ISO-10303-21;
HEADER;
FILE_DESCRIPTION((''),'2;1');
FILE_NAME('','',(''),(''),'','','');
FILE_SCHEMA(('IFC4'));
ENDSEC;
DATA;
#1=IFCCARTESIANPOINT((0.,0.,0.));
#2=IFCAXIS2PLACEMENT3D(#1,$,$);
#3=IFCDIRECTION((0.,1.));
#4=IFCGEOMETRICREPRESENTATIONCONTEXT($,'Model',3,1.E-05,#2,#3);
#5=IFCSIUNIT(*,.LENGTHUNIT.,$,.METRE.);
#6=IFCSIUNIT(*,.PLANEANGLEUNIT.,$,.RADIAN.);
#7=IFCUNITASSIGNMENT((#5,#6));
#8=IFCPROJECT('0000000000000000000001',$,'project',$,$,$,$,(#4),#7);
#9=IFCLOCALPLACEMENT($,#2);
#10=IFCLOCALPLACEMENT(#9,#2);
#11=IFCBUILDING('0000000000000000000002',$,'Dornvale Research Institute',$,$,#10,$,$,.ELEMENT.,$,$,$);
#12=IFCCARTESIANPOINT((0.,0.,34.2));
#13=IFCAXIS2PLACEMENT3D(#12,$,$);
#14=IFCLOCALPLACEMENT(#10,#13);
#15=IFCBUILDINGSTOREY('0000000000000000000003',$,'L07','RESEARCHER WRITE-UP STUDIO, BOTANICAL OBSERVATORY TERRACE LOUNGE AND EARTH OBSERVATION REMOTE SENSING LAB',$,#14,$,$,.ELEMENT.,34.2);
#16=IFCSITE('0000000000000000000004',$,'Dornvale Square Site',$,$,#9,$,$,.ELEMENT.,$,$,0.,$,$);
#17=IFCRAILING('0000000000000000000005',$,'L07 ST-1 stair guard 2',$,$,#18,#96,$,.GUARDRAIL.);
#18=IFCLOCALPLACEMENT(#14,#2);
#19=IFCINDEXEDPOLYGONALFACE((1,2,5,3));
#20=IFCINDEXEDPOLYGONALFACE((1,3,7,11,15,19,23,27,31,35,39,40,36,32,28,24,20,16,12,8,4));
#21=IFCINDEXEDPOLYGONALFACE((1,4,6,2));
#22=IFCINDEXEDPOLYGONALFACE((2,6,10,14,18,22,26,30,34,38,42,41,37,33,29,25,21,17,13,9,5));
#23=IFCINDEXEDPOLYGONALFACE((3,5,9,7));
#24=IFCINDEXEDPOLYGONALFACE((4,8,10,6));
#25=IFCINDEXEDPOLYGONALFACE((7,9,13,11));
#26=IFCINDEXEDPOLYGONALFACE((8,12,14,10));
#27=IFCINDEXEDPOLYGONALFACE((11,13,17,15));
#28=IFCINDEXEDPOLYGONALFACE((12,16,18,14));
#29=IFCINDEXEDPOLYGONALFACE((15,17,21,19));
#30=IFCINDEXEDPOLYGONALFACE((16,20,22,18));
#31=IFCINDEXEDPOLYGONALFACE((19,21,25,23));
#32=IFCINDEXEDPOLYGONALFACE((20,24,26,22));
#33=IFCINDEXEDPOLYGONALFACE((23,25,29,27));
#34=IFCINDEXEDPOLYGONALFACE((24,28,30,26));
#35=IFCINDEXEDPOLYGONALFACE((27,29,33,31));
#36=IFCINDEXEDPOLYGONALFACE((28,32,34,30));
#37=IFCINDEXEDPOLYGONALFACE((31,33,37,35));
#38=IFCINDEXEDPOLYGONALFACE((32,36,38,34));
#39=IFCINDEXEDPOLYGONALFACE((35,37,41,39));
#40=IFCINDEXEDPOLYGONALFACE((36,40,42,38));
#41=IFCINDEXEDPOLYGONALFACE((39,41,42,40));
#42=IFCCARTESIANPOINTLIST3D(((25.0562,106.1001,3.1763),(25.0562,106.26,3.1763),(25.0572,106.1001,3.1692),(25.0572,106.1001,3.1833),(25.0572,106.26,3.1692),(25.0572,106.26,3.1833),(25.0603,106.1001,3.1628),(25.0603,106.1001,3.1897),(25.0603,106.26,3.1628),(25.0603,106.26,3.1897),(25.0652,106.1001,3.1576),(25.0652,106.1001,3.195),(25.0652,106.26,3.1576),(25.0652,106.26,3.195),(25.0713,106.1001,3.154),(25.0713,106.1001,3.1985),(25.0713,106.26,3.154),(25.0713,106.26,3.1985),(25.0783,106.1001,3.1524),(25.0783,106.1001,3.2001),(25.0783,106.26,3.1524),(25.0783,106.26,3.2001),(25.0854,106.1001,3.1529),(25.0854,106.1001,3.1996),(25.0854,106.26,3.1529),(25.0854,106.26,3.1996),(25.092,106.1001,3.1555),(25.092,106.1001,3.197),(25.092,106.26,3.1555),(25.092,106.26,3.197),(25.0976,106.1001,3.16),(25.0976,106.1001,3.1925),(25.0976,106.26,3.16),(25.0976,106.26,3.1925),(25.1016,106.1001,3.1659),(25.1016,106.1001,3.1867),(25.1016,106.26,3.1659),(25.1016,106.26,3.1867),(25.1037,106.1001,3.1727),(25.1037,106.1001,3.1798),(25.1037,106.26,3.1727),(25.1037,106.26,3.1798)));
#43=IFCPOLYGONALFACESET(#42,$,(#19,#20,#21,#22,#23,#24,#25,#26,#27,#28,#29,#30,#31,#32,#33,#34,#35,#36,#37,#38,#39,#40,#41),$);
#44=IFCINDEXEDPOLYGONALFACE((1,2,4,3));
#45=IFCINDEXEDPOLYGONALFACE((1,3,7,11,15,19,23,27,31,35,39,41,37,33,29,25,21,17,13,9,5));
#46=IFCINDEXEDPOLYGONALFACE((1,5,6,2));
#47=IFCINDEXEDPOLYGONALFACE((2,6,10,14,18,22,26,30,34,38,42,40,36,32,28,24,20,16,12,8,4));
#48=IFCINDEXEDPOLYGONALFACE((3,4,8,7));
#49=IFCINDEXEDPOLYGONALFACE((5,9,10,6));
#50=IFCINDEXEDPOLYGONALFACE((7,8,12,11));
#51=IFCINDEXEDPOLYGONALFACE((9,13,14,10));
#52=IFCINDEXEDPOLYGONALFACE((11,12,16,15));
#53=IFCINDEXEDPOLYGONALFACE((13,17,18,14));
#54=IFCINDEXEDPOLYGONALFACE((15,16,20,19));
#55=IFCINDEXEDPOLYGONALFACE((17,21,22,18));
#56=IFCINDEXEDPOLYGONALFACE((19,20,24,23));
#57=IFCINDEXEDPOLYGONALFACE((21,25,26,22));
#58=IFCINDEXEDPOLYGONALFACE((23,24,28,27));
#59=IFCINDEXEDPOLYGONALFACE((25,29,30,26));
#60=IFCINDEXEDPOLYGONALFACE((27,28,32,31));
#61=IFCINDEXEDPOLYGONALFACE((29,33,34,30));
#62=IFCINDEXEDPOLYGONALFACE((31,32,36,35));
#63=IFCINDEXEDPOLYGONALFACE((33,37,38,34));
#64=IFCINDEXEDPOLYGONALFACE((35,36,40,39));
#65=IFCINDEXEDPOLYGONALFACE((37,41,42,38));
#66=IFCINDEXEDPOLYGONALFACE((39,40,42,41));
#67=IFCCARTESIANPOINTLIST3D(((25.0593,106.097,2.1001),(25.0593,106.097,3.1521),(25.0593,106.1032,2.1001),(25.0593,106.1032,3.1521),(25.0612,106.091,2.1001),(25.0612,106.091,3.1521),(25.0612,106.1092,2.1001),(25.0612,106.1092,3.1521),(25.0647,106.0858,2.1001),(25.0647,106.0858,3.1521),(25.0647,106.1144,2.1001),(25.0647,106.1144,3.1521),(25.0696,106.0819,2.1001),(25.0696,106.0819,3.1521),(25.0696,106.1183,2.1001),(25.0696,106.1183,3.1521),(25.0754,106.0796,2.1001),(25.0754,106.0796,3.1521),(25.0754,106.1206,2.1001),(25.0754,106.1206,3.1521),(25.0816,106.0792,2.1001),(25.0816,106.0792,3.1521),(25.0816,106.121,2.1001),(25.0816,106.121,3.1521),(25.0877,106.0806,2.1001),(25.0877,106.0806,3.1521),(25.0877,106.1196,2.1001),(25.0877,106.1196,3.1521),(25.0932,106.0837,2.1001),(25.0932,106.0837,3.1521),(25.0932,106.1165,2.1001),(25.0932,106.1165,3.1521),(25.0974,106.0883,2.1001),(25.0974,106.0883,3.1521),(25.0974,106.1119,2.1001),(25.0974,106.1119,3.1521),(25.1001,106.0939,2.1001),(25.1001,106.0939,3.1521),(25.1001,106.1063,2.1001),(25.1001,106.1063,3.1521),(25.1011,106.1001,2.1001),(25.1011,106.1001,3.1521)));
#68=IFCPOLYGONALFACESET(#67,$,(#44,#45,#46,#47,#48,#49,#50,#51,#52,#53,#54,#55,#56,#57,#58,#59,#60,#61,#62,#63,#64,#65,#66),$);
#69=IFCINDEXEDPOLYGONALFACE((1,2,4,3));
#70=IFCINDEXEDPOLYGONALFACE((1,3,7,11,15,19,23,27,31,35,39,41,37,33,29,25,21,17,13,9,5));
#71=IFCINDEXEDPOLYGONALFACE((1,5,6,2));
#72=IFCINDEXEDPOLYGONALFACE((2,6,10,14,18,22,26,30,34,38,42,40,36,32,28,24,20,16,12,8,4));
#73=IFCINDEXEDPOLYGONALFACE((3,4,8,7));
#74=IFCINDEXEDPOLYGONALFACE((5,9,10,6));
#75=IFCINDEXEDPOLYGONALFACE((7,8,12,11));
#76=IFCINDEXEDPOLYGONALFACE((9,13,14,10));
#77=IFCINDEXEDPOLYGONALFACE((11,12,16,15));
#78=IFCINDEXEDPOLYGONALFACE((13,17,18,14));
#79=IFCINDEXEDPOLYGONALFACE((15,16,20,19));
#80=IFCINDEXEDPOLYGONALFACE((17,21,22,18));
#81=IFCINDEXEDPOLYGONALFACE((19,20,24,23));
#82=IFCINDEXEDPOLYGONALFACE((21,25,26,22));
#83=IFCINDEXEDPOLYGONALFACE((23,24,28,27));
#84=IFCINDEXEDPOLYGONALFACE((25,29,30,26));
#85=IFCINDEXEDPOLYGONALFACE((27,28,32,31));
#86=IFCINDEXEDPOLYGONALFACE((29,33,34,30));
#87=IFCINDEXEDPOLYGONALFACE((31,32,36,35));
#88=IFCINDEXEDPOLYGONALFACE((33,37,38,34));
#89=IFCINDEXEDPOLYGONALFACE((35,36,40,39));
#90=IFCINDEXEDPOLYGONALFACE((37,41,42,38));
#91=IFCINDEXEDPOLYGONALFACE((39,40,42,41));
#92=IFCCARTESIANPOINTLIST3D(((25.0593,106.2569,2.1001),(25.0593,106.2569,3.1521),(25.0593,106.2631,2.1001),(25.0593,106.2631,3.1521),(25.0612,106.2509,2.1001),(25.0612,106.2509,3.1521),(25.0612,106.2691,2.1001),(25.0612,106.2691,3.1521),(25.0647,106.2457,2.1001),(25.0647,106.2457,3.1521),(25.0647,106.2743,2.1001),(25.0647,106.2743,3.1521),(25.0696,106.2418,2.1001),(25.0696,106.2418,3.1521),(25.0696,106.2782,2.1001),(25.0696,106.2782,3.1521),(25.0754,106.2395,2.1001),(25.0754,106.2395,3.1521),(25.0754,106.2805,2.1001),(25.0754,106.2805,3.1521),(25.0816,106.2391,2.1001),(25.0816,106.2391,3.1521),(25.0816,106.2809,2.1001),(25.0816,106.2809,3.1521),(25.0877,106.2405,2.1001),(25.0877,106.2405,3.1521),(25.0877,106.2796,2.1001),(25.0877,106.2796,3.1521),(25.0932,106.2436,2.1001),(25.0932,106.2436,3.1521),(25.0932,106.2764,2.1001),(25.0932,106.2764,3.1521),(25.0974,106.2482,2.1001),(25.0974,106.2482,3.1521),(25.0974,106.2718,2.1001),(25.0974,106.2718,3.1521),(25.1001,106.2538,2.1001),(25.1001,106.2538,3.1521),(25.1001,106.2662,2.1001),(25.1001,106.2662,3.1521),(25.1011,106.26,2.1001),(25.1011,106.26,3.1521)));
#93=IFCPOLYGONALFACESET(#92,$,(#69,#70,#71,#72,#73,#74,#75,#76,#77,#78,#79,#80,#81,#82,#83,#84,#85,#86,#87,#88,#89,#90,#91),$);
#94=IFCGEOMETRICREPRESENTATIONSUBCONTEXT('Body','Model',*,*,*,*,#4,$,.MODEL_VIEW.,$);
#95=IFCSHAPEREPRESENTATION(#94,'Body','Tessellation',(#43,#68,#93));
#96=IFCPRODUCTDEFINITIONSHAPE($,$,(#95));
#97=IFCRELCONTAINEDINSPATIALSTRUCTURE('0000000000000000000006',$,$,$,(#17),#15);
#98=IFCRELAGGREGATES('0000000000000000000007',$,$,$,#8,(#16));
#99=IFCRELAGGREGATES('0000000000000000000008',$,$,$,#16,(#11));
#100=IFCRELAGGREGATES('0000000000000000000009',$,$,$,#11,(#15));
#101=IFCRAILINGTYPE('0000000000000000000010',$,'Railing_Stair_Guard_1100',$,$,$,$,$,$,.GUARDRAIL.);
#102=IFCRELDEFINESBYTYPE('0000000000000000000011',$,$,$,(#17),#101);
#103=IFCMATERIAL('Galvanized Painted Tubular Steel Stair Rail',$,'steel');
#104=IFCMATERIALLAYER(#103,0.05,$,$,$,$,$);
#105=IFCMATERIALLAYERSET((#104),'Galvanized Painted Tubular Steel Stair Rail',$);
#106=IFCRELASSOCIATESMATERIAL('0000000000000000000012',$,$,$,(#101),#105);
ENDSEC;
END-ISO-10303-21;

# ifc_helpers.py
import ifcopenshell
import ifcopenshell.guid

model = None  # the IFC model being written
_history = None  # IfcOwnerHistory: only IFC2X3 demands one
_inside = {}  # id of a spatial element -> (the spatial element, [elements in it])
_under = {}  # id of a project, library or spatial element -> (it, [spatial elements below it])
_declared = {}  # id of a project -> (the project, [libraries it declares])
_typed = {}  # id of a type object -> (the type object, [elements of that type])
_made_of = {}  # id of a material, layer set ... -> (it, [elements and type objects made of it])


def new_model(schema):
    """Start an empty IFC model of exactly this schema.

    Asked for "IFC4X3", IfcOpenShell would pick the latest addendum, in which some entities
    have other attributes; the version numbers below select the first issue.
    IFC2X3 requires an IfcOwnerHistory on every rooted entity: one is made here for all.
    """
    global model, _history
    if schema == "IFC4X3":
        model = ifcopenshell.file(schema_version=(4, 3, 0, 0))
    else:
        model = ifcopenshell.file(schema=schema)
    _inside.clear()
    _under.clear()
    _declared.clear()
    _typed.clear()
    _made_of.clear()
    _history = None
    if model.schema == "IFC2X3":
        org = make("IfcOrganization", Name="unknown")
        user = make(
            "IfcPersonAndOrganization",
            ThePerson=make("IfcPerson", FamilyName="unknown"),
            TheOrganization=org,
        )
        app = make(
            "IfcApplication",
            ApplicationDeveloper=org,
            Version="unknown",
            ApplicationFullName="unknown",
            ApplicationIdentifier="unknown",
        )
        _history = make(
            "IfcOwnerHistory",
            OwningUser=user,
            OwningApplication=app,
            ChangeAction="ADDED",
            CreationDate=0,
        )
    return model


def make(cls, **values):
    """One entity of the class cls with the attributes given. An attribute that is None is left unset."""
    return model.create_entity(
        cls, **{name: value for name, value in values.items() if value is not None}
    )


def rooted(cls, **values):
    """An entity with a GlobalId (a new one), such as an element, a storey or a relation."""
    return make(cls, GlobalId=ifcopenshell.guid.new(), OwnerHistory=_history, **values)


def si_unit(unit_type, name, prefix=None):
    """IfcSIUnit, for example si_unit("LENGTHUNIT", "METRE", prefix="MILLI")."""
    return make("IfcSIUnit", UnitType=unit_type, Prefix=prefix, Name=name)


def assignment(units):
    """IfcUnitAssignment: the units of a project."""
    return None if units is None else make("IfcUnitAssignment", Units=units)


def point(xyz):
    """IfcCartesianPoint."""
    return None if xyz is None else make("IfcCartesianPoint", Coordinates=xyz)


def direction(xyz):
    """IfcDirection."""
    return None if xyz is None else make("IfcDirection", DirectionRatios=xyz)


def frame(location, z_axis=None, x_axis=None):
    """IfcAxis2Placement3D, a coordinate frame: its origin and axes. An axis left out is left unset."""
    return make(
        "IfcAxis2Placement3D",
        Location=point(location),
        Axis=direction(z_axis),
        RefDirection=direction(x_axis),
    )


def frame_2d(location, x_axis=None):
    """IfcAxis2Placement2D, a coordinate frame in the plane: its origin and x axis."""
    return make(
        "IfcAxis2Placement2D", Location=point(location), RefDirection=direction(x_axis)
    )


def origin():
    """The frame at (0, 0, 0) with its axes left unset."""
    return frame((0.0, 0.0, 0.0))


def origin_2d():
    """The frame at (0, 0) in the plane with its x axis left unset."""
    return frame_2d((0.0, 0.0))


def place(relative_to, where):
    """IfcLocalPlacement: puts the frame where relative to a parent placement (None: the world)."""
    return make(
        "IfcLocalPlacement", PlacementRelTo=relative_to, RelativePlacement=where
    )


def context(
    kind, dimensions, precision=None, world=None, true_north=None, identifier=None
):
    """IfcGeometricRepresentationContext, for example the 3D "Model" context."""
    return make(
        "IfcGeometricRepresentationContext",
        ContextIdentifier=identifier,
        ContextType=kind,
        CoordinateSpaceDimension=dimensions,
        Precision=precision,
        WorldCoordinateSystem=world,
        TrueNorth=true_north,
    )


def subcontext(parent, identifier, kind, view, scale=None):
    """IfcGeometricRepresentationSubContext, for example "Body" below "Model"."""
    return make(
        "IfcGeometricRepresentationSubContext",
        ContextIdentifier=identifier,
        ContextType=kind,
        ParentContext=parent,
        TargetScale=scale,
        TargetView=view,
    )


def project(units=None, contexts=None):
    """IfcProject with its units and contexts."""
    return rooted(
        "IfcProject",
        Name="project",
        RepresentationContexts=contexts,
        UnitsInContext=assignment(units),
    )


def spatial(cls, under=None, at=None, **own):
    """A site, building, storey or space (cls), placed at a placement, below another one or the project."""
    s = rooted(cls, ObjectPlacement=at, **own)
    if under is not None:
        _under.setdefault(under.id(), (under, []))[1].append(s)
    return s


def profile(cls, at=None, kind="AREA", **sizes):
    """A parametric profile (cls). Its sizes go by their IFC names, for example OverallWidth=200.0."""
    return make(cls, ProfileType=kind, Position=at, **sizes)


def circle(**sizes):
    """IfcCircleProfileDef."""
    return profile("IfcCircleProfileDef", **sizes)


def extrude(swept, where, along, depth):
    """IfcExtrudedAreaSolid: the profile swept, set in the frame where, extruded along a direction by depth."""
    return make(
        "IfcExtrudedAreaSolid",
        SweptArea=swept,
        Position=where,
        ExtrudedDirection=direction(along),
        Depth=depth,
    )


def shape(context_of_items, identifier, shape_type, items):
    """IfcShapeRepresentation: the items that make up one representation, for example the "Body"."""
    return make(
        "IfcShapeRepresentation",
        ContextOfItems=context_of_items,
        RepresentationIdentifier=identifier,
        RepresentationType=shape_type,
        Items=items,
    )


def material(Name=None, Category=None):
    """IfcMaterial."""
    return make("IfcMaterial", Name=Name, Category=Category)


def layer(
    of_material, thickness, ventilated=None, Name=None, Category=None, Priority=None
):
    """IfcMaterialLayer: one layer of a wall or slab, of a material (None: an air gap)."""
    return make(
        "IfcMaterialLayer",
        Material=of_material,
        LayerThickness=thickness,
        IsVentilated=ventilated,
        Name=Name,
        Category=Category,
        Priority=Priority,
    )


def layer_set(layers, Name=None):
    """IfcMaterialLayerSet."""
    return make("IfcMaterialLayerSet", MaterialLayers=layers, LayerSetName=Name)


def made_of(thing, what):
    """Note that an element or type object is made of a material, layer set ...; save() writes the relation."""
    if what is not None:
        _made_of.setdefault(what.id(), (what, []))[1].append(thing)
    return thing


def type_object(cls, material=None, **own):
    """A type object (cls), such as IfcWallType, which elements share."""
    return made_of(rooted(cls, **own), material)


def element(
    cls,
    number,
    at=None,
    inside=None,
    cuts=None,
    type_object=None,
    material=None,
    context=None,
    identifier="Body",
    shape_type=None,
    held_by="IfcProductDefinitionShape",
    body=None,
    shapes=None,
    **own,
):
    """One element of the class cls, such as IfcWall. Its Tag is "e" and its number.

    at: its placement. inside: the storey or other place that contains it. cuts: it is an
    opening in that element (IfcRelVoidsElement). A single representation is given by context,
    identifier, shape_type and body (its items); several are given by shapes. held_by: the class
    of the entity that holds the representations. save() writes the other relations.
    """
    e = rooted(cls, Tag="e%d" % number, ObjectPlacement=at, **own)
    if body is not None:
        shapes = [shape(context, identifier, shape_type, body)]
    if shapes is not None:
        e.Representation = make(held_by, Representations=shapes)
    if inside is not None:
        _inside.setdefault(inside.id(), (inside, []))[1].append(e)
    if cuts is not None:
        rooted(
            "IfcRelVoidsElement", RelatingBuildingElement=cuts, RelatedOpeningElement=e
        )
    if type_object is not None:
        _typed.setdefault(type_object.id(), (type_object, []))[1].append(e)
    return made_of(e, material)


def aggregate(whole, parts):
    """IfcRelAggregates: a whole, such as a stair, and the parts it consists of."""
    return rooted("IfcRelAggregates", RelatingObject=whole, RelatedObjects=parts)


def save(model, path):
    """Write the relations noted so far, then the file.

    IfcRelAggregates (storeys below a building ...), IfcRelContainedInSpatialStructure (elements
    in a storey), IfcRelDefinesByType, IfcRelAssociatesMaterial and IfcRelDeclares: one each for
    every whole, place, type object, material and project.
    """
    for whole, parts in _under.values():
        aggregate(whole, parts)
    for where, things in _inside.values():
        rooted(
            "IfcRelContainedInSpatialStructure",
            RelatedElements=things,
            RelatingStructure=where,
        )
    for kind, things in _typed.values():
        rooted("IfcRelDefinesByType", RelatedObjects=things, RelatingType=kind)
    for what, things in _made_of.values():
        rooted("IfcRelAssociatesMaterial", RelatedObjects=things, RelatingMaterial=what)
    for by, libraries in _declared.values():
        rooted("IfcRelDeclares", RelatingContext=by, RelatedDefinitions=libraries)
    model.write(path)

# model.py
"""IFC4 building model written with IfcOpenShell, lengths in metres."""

from ifc_helpers import new_model, si_unit, direction, frame, origin, origin_2d, place, context, subcontext, project, spatial, circle, extrude, material, layer, layer_set, type_object, element, save


model = new_model("IFC4")

# Units and contexts
model_context = context("Model", 3, precision=1e-05, world=origin(), true_north=direction((0.0, 1.0)))
body_context = subcontext(model_context, "Body", "Model", "MODEL_VIEW")
ifc_project = project(units=[si_unit("LENGTHUNIT", "METRE"), si_unit("PLANEANGLEUNIT", "RADIAN")], contexts=[model_context])

# Site, building, storey
site_placement = place(None, origin())
site = spatial("IfcSite", under=ifc_project, at=site_placement, Name="Dornvale Square Site", CompositionType="ELEMENT", RefElevation=0.0)
building_placement = place(site_placement, origin())
building = spatial("IfcBuilding", under=site, at=building_placement, Name="Dornvale Research Institute", CompositionType="ELEMENT")
storey_placement = place(building_placement, frame((0.0, 0.0, 34.2)))
storey = spatial("IfcBuildingStorey", under=building, at=storey_placement, Name="L07", Description="RESEARCHER WRITE-UP STUDIO, BOTANICAL OBSERVATORY TERRACE LOUNGE AND EARTH OBSERVATION REMOTE SENSING LAB", CompositionType="ELEMENT", Elevation=34.2)

# Railing
ifc_material_1 = material(Name="Galvanized Painted Tubular Steel Stair Rail", Category="steel")
ifc_layer_1 = layer(ifc_material_1, 0.05)
ifc_layer_set_1 = layer_set([ifc_layer_1], Name="Galvanized Painted Tubular Steel Stair Rail")
railing_type_1 = type_object("IfcRailingType", Name="Railing_Stair_Guard_1100", PredefinedType="GUARDRAIL", material=ifc_layer_set_1)
railing_1_placement = place(storey_placement, frame((25.0801, 106.1001, 2.1001)))
element("IfcRailing", 1, at=railing_1_placement, inside=storey, type_object=railing_type_1, Name="L07 ST-1 stair guard 2", PredefinedType="GUARDRAIL", context=body_context, shape_type="SweptSolid", body=[
    extrude(circle(Radius=0.0239, at=origin_2d()), frame((0.0, 0.0, 1.0762), z_axis=(0.0, 1.0, 0.0), x_axis=(-1.0, 0.0, 0.0)), (0.0, 0.0, 1.0), 0.1599),
    extrude(circle(Radius=0.021, at=origin_2d()), origin(), (0.0, 0.0, 1.0), 1.052),
    extrude(circle(Radius=0.021, at=origin_2d()), frame((0.0, 0.1599, 0.0)), (0.0, 0.0, 1.0), 1.052),
])

save(model, "model.ifc")
